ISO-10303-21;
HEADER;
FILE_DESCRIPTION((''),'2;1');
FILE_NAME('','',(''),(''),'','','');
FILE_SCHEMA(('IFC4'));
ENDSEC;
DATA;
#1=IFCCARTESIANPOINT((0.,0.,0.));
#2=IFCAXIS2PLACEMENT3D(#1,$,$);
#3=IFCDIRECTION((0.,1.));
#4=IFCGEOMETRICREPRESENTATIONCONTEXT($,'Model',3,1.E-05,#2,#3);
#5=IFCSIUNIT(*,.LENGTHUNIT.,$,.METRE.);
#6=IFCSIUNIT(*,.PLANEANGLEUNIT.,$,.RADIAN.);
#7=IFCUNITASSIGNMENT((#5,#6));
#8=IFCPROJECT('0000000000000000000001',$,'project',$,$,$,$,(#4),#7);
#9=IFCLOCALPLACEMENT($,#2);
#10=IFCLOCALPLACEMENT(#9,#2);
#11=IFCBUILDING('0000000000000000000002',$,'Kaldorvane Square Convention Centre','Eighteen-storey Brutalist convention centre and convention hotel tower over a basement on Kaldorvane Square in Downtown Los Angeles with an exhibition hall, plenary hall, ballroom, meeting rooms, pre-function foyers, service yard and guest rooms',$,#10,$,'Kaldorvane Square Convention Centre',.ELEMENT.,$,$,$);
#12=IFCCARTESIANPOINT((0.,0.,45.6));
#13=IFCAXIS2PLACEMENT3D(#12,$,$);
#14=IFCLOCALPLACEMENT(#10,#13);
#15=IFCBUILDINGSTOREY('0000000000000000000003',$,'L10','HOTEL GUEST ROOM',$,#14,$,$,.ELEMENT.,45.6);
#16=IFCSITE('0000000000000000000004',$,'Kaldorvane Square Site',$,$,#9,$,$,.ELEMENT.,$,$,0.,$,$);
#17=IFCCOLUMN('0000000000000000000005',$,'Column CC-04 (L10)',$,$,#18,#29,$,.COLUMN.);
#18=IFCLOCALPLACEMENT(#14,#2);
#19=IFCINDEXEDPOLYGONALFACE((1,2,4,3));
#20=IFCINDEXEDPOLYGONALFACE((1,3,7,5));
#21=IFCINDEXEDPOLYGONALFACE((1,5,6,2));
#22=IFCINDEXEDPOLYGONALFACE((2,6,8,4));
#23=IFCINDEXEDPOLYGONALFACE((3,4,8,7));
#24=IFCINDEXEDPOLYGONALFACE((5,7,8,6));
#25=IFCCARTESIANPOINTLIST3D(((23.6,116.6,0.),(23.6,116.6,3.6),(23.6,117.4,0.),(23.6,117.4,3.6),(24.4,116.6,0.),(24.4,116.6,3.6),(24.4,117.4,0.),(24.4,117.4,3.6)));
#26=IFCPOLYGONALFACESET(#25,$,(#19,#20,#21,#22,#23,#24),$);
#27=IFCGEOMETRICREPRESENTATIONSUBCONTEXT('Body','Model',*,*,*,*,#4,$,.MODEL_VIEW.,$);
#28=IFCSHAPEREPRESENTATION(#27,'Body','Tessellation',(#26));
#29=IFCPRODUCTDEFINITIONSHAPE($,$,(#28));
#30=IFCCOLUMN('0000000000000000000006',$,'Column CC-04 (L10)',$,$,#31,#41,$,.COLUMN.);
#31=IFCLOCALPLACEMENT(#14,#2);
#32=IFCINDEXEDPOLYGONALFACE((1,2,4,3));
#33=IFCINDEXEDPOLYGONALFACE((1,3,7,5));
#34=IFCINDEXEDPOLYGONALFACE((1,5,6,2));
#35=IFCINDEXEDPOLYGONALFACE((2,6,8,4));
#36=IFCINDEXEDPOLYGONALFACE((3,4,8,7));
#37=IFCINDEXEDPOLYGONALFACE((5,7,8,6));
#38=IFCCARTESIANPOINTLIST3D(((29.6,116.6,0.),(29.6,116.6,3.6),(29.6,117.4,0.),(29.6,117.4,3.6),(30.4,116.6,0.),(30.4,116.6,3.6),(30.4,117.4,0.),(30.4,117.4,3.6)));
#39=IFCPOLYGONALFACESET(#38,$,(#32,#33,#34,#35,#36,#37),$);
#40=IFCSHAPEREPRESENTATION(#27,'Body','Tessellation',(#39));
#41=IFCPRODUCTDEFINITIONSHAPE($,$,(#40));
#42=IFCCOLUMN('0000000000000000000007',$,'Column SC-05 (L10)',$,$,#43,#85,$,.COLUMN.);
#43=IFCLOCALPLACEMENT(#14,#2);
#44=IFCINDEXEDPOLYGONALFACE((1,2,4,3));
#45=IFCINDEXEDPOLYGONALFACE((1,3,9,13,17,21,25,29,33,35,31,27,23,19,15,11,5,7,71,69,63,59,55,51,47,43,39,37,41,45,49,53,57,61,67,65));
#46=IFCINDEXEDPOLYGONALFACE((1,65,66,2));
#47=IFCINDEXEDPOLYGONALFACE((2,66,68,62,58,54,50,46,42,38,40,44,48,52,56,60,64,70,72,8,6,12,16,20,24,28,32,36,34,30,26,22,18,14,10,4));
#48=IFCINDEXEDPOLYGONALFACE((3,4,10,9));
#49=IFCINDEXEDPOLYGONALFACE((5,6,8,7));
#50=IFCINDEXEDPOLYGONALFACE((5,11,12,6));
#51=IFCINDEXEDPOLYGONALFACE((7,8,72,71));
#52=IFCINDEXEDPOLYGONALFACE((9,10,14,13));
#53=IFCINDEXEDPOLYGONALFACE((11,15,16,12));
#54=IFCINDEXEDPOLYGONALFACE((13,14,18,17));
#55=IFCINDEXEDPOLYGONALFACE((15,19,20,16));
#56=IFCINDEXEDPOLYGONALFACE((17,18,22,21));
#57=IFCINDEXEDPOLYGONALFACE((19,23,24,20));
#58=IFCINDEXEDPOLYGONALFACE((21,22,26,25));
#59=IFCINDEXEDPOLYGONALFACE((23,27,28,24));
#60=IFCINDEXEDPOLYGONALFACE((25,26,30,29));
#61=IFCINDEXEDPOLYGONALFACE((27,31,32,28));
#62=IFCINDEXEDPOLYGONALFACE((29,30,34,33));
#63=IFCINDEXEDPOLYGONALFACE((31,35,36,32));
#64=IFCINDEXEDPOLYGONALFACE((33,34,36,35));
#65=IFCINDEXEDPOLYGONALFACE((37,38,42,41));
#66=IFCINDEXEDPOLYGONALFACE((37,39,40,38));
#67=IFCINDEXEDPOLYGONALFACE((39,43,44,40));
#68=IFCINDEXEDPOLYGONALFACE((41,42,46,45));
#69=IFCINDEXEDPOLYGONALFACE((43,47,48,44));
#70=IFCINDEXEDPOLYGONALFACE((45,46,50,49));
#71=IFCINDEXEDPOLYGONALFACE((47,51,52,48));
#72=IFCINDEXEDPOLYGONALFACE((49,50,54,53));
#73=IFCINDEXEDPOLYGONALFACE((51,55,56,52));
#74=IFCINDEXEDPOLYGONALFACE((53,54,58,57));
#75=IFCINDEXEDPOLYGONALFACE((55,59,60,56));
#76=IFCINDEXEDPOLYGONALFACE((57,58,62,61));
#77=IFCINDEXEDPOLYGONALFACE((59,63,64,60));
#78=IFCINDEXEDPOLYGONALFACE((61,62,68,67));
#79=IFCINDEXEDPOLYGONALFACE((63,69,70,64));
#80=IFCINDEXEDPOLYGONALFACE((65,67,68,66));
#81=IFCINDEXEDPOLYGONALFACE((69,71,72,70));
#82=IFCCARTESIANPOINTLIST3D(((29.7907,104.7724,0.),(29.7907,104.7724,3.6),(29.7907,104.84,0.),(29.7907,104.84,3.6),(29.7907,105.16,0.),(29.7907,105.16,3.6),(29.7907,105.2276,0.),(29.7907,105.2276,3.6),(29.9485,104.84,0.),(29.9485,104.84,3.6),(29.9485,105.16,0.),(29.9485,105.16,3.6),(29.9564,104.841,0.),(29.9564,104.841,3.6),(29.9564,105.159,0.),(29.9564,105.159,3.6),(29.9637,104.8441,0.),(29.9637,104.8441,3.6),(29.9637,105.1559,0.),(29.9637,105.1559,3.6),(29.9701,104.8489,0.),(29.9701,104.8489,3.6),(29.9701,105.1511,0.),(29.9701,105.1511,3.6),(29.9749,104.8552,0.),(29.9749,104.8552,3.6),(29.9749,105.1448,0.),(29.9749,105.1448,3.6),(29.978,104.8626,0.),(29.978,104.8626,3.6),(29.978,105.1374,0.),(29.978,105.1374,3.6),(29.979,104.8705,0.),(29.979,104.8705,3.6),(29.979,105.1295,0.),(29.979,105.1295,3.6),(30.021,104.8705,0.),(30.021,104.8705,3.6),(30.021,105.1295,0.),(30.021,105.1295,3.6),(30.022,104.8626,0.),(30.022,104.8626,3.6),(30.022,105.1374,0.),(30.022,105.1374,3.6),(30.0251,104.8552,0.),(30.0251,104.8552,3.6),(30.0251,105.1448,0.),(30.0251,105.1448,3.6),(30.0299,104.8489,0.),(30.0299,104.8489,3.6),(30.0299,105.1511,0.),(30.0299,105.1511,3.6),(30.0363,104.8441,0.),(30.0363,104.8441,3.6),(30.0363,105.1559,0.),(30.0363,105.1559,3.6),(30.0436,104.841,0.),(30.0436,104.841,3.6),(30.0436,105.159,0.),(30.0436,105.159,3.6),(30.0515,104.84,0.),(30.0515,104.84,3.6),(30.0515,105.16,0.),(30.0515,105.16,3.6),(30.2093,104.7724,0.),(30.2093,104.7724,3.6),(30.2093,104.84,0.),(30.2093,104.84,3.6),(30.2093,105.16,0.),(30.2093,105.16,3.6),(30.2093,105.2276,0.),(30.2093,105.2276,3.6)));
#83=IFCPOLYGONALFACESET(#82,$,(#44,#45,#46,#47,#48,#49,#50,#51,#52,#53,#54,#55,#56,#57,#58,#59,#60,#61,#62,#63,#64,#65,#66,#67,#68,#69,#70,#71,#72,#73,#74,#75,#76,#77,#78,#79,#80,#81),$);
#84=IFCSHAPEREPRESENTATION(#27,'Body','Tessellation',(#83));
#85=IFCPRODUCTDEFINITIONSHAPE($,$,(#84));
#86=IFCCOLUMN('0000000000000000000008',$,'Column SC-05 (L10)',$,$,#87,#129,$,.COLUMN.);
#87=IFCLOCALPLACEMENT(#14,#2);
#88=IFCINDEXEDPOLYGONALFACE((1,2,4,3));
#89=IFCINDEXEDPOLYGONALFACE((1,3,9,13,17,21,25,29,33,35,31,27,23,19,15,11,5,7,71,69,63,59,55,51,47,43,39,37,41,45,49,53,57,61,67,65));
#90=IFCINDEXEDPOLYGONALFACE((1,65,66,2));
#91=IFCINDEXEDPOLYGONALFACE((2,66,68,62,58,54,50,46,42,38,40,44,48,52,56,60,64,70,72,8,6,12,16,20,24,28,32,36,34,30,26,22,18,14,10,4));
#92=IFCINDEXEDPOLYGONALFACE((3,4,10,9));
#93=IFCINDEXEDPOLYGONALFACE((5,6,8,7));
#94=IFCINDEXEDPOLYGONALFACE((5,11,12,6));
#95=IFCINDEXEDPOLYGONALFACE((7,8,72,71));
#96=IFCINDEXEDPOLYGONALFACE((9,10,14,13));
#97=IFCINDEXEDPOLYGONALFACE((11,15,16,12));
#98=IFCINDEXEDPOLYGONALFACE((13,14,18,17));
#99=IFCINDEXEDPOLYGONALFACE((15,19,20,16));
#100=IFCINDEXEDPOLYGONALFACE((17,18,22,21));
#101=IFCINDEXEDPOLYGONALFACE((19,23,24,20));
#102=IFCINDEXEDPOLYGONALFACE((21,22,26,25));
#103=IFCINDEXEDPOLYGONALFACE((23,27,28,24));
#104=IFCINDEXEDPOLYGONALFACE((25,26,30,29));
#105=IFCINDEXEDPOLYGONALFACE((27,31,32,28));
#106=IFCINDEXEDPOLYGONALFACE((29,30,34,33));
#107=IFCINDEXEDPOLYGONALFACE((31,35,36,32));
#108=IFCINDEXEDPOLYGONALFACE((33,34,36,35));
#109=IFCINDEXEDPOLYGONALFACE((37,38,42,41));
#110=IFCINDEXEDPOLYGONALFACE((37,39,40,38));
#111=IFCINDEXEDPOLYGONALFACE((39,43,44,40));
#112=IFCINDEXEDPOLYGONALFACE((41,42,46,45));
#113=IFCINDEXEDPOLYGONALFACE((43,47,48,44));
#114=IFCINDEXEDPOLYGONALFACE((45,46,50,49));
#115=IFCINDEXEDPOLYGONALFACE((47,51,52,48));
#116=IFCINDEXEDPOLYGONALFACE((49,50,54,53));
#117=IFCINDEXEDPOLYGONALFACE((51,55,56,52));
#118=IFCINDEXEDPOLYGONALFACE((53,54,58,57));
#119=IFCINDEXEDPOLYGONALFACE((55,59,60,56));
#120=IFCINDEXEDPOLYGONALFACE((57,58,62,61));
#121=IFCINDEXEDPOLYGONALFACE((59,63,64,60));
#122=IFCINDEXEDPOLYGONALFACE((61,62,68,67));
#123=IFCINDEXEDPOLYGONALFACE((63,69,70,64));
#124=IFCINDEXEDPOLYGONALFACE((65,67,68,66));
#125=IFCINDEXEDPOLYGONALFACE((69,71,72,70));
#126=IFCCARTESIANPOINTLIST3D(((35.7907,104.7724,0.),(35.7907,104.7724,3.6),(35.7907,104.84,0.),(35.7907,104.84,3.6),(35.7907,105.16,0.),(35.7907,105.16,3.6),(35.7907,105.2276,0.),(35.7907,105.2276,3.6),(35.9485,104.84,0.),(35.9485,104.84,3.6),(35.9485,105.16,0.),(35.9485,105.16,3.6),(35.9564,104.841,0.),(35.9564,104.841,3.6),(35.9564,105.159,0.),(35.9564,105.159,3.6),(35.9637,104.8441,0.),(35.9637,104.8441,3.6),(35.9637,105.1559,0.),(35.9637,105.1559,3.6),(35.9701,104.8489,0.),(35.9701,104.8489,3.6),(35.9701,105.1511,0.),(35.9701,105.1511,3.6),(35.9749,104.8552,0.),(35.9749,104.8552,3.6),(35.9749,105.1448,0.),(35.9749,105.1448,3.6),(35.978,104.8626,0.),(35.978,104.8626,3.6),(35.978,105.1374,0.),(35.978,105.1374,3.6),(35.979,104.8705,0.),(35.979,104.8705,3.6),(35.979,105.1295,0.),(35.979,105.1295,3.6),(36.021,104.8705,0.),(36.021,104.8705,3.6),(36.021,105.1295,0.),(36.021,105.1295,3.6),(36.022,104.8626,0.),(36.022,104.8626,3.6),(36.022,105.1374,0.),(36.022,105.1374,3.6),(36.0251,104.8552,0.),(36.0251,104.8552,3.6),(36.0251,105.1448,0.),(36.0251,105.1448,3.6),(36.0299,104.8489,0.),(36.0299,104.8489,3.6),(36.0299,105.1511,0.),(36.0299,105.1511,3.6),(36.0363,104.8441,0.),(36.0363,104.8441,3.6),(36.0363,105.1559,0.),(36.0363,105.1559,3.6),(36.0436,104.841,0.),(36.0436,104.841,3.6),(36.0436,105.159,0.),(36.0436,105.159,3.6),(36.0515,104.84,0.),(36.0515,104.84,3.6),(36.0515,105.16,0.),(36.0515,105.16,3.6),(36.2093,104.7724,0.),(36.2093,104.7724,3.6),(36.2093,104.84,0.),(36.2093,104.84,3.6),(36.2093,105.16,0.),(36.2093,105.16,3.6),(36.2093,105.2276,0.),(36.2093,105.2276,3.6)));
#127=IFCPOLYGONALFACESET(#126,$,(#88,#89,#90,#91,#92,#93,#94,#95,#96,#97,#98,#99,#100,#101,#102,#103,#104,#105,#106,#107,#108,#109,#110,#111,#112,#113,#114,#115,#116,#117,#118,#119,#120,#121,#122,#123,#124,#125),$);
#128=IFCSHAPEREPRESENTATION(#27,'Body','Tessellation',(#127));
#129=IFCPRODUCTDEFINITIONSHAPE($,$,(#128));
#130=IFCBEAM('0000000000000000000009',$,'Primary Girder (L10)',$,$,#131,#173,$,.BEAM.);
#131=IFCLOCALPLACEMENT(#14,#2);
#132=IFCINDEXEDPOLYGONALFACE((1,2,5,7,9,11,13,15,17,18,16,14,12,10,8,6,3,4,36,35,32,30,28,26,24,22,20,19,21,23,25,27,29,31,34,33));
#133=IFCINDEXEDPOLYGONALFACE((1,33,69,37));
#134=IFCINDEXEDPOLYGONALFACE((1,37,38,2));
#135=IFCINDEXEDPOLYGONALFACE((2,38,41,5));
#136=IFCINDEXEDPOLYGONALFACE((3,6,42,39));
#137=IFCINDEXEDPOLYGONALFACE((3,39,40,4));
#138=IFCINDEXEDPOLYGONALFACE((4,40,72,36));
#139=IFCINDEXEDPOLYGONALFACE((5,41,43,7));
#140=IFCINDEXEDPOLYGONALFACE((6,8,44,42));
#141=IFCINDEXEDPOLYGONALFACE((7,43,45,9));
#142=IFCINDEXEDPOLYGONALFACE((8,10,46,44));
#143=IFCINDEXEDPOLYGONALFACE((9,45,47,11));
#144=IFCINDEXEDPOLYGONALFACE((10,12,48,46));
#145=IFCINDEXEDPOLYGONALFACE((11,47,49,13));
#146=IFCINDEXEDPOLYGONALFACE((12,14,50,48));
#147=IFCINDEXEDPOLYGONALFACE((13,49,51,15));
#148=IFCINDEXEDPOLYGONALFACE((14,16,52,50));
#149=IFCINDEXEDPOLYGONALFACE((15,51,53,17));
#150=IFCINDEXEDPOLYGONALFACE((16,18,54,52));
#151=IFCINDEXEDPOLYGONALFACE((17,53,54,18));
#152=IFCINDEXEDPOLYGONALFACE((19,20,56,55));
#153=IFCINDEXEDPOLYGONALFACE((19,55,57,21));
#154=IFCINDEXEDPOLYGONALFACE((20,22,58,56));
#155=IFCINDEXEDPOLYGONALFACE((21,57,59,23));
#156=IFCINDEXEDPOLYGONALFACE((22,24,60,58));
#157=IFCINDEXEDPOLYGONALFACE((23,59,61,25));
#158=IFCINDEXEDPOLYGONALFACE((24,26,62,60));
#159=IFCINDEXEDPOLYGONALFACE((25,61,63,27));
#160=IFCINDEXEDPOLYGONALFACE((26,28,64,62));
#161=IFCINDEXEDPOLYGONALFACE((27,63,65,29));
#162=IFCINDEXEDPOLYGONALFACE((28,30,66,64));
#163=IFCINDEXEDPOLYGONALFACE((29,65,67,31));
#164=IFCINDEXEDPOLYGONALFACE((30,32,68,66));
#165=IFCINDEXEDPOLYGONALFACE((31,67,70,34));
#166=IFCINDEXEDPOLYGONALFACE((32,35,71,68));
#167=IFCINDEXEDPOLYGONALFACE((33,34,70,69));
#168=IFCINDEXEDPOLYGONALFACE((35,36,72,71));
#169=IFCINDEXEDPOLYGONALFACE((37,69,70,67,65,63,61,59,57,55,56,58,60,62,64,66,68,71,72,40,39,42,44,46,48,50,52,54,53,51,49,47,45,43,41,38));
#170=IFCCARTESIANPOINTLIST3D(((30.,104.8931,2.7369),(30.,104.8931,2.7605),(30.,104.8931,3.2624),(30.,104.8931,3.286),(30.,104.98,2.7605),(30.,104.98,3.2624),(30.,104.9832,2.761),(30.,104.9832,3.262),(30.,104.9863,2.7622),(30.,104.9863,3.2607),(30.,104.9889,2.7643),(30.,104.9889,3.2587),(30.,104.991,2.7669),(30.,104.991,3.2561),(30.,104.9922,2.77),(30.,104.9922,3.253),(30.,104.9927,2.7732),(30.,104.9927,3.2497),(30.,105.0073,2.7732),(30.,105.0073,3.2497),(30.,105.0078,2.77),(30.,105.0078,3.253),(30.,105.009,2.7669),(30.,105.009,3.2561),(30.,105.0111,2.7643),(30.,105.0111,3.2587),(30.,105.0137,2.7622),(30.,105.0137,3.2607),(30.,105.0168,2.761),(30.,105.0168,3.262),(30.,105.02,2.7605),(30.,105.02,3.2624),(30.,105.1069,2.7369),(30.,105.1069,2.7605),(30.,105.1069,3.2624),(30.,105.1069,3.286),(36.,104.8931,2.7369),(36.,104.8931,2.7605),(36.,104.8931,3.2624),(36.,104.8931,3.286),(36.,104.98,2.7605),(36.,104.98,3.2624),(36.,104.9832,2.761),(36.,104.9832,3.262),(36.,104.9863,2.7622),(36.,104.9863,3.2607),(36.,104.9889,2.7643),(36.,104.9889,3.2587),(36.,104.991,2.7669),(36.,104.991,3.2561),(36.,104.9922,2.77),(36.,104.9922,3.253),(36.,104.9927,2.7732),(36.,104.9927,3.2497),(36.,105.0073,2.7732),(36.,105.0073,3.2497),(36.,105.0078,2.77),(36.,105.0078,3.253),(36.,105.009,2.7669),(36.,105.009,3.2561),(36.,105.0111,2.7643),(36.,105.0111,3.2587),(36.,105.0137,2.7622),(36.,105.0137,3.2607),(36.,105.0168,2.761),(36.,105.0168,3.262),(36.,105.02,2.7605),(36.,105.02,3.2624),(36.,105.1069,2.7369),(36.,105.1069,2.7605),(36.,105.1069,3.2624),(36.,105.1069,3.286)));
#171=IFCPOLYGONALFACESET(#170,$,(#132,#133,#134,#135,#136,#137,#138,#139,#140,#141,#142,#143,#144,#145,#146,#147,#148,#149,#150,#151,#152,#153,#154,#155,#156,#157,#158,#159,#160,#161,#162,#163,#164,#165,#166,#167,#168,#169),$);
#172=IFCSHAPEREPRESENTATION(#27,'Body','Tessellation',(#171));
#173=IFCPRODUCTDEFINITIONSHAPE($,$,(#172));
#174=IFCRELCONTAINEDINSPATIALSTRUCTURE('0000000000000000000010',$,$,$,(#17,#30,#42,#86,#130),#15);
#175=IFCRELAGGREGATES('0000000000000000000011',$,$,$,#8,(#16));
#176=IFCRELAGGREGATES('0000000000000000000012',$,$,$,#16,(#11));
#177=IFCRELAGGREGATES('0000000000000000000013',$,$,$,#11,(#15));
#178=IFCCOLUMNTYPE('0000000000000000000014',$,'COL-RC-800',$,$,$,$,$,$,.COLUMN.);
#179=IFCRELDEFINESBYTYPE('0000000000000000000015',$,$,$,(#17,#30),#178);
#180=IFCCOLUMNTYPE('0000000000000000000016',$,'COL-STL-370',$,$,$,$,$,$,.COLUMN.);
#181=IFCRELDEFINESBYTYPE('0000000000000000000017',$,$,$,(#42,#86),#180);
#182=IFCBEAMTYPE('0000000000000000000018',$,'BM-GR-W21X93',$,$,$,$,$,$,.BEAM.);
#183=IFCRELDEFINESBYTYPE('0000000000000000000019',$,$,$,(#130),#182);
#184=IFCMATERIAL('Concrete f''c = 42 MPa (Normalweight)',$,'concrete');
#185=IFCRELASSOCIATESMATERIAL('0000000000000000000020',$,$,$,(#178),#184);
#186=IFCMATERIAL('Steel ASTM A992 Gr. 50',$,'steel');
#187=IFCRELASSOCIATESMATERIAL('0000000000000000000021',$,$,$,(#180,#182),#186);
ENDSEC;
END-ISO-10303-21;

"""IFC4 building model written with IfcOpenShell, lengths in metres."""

from ifc_helpers import new_model, si_unit, direction, frame, origin, origin_2d, place, context, subcontext, project, spatial, rectangle, i_section, extrude, material, material_profile, profile_set, type_object, element, save


model = new_model("IFC4")

# Units and contexts
model_context = context("Model", 3, precision=1e-05, world=origin(), true_north=direction((0.0, 1.0)))
body_context = subcontext(model_context, "Body", "Model", "MODEL_VIEW")
ifc_project = project(units=[si_unit("LENGTHUNIT", "METRE"), si_unit("PLANEANGLEUNIT", "RADIAN")], contexts=[model_context])

# Site, building, storey
site_placement = place(None, origin())
site = spatial("IfcSite", under=ifc_project, at=site_placement, Name="Kaldorvane Square Site", CompositionType="ELEMENT", RefElevation=0.0)
building_placement = place(site_placement, origin())
building = spatial("IfcBuilding", under=site, at=building_placement, Name="Kaldorvane Square Convention Centre", Description="Eighteen-storey Brutalist convention centre and convention hotel tower over a basement on Kaldorvane Square in Downtown Los Angeles with an exhibition hall, plenary hall, ballroom, meeting rooms, pre-function foyers, service yard and guest rooms", LongName="Kaldorvane Square Convention Centre", CompositionType="ELEMENT")
storey_placement = place(building_placement, frame((0.0, 0.0, 45.6)))
storey = spatial("IfcBuildingStorey", under=building, at=storey_placement, Name="L10", Description="HOTEL GUEST ROOM", CompositionType="ELEMENT", Elevation=45.6)

# Columns
ifc_material_1 = material(Name="Concrete f'c = 42 MPa (Normalweight)", Category="concrete")
ifc_material_profile_1 = material_profile(ifc_material_1, rectangle(XDim=0.8, YDim=0.8, at=origin_2d()), Name="RC800X800")
ifc_profile_set_1 = profile_set([ifc_material_profile_1], Name="Concrete f'c = 42 MPa (Normalweight)")
column_type_1 = type_object("IfcColumnType", Name="COL-RC-800", PredefinedType="COLUMN", material=ifc_profile_set_1)
for number, where, z_axis, x_axis, name in (
    (1, (24.0, 117.0, 0.0), (0.0, 0.0, 1.0), (1.0, 0.0, 0.0), "Column CC-04 (L10)"),
    (2, (30.0, 117.0, 0.0), (0.0, 0.0, 1.0), (1.0, 0.0, 0.0), "Column CC-04 (L10)"),
):
    element("IfcColumn", number, at=place(storey_placement, frame(where, z_axis=z_axis, x_axis=x_axis)), inside=storey, type_object=column_type_1, Name=name, PredefinedType="COLUMN", context=body_context, shape_type="SweptSolid", body=[
        extrude(rectangle(XDim=0.8, YDim=0.8, at=origin_2d()), origin(), (0.0, 0.0, 1.0), 3.6),
    ])
ifc_material_2 = material(Name="Steel ASTM A992 Gr. 50", Category="steel")
ifc_material_profile_2 = material_profile(ifc_material_2, i_section(OverallWidth=0.4185, OverallDepth=0.4552, WebThickness=0.042, FlangeThickness=0.0676, FilletRadius=0.0305, at=origin_2d()), Name="W14X370")
ifc_profile_set_2 = profile_set([ifc_material_profile_2], Name="Steel ASTM A992 Gr. 50")
column_type_2 = type_object("IfcColumnType", Name="COL-STL-370", PredefinedType="COLUMN", material=ifc_profile_set_2)
for number, where, z_axis, x_axis, name in (
    (3, (30.0, 105.0, 0.0), (0.0, 0.0, 1.0), (1.0, 0.0, 0.0), "Column SC-05 (L10)"),
    (4, (36.0, 105.0, 0.0), (0.0, 0.0, 1.0), (1.0, 0.0, 0.0), "Column SC-05 (L10)"),
):
    element("IfcColumn", number, at=place(storey_placement, frame(where, z_axis=z_axis, x_axis=x_axis)), inside=storey, type_object=column_type_2, Name=name, PredefinedType="COLUMN", context=body_context, shape_type="SweptSolid", body=[
        extrude(i_section(OverallWidth=0.4185, OverallDepth=0.4552, WebThickness=0.042, FlangeThickness=0.0676, FilletRadius=0.0305, at=origin_2d()), origin(), (0.0, 0.0, 1.0), 3.6),
    ])

# Beam
ifc_material_profile_3 = material_profile(ifc_material_2, i_section(OverallWidth=0.2139, OverallDepth=0.5491, WebThickness=0.0147, FlangeThickness=0.0236, FilletRadius=0.0127, at=origin_2d()), Name="W21X93")
ifc_profile_set_3 = profile_set([ifc_material_profile_3], Name="Steel ASTM A992 Gr. 50")
beam_type_1 = type_object("IfcBeamType", Name="BM-GR-W21X93", PredefinedType="BEAM", material=ifc_profile_set_3)
for number, where, z_axis, x_axis, name in (
    (5, (30.0, 105.0, 3.0115), (1.0, 0.0, 0.0), (0.0, 1.0, 0.0), "Primary Girder (L10)"),
):
    element("IfcBeam", number, at=place(storey_placement, frame(where, z_axis=z_axis, x_axis=x_axis)), inside=storey, type_object=beam_type_1, Name=name, PredefinedType="BEAM", context=body_context, shape_type="SweptSolid", body=[
        extrude(i_section(OverallWidth=0.2139, OverallDepth=0.5491, WebThickness=0.0147, FlangeThickness=0.0236, FilletRadius=0.0127, at=origin_2d()), origin(), (0.0, 0.0, 1.0), 6.0),
    ])

save(model, "model.ifc")
